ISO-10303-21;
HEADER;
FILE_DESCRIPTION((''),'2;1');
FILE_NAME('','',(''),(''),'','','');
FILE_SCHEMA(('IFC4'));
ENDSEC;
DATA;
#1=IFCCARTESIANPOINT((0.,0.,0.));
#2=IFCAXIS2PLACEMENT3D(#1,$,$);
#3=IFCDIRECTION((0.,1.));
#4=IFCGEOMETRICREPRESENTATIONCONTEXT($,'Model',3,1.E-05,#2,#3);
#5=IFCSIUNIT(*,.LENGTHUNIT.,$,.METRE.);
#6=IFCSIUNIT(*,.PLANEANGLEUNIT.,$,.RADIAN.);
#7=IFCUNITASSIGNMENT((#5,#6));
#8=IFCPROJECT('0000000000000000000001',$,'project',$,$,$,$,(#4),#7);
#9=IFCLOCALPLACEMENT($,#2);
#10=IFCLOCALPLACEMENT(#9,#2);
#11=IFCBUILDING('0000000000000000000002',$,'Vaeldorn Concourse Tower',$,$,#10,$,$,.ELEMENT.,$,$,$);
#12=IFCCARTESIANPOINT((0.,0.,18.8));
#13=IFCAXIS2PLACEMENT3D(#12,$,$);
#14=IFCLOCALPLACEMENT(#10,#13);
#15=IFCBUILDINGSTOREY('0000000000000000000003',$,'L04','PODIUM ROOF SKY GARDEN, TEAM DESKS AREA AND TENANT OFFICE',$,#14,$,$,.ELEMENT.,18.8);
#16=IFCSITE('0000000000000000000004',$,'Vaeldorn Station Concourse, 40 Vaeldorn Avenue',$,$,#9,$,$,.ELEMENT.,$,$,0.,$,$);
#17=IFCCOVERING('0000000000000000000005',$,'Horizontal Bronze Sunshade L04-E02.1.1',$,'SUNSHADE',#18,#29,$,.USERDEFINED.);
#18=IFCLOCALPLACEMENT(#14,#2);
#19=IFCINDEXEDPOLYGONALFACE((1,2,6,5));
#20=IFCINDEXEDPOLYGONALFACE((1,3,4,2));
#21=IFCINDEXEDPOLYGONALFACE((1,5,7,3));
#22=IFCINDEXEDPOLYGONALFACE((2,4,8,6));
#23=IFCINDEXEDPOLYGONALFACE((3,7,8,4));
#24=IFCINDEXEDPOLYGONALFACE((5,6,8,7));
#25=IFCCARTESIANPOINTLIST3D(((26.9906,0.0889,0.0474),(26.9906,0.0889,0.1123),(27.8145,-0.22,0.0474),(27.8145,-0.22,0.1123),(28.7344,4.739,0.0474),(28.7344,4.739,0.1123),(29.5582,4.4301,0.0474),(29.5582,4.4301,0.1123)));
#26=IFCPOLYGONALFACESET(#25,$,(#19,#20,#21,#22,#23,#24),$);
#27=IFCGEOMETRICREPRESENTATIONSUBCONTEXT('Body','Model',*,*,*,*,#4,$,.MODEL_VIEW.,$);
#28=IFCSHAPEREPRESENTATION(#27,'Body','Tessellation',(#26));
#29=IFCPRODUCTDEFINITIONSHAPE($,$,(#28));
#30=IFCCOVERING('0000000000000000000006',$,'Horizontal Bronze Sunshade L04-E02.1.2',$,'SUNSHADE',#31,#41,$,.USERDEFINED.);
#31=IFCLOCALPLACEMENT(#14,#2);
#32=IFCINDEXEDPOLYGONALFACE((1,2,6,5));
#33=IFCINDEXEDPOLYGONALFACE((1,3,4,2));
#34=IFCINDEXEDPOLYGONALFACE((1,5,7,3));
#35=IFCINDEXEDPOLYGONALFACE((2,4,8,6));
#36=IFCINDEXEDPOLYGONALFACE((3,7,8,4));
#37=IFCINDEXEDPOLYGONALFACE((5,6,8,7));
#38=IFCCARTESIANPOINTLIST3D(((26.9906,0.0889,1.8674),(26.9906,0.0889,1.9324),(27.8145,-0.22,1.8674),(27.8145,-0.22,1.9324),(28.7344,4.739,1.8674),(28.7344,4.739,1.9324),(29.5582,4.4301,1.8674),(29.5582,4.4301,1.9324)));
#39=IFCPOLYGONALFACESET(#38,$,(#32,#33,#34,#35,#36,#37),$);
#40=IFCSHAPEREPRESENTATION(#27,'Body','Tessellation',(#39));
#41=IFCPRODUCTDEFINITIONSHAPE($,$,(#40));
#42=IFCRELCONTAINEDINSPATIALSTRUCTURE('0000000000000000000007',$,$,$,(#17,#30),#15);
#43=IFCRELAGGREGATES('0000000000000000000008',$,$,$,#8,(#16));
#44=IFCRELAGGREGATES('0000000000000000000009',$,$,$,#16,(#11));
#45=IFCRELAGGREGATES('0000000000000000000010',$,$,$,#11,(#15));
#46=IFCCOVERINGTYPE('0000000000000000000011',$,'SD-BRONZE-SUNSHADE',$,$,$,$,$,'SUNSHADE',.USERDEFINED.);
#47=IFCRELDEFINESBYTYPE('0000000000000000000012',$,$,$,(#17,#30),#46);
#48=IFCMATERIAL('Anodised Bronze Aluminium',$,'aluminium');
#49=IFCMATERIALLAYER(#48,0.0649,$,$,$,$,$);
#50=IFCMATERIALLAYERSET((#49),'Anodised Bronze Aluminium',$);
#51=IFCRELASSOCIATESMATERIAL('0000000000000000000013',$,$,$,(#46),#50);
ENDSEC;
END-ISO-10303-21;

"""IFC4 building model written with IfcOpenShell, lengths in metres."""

from ifc_helpers import new_model, si_unit, direction, frame, origin, origin_2d, place, context, subcontext, project, spatial, rectangle, extrude, source, transform, mapped, material, layer, layer_set, type_object, element, save


model = new_model("IFC4")

# Units and contexts
model_context = context("Model", 3, precision=1e-05, world=origin(), true_north=direction((0.0, 1.0)))
body_context = subcontext(model_context, "Body", "Model", "MODEL_VIEW")
ifc_project = project(units=[si_unit("LENGTHUNIT", "METRE"), si_unit("PLANEANGLEUNIT", "RADIAN")], contexts=[model_context])

# Site, building, storey
site_placement = place(None, origin())
site = spatial("IfcSite", under=ifc_project, at=site_placement, Name="Vaeldorn Station Concourse, 40 Vaeldorn Avenue", CompositionType="ELEMENT", RefElevation=0.0)
building_placement = place(site_placement, origin())
building = spatial("IfcBuilding", under=site, at=building_placement, Name="Vaeldorn Concourse Tower", CompositionType="ELEMENT")
storey_placement = place(building_placement, frame((0.0, 0.0, 18.8)))
storey = spatial("IfcBuildingStorey", under=building, at=storey_placement, Name="L04", Description="PODIUM ROOF SKY GARDEN, TEAM DESKS AREA AND TENANT OFFICE", CompositionType="ELEMENT", Elevation=18.8)

# Shared definitions
ifc_material_1 = material(Name="Anodised Bronze Aluminium", Category="aluminium")

# Coverings
ifc_layer_1 = layer(ifc_material_1, 0.0649)
ifc_layer_set_1 = layer_set([ifc_layer_1], Name="Anodised Bronze Aluminium")
covering_type = type_object("IfcCoveringType", Name="SD-BRONZE-SUNSHADE", ElementType="SUNSHADE", PredefinedType="USERDEFINED", material=ifc_layer_set_1)
shared_shape_1 = source(origin(), body_context, "Body", "SweptSolid", [
    extrude(rectangle(XDim=4.9663, YDim=0.8799, at=origin_2d()), origin(), (0.0, 0.0, 1.0), 0.0649),
])
for number, where, z_axis, x_axis, name in (
    (1, (28.2744, 2.2595, 0.0474), (0.0, 0.0, 1.0), (0.351123, 0.936329, 0.0), "Horizontal Bronze Sunshade L04-E02.1.1"),
    (2, (28.2744, 2.2595, 1.8674), (0.0, 0.0, 1.0), (0.351123, 0.936329, 0.0), "Horizontal Bronze Sunshade L04-E02.1.2"),
):
    element("IfcCovering", number, at=place(storey_placement, frame(where, z_axis=z_axis, x_axis=x_axis)), inside=storey, type_object=covering_type, Name=name, ObjectType="SUNSHADE", PredefinedType="USERDEFINED", context=body_context, shape_type="MappedRepresentation", body=[
        mapped(shared_shape_1, transform((0.0, 0.0, 0.0), scale=1.0)),
    ])

save(model, "model.ifc")
